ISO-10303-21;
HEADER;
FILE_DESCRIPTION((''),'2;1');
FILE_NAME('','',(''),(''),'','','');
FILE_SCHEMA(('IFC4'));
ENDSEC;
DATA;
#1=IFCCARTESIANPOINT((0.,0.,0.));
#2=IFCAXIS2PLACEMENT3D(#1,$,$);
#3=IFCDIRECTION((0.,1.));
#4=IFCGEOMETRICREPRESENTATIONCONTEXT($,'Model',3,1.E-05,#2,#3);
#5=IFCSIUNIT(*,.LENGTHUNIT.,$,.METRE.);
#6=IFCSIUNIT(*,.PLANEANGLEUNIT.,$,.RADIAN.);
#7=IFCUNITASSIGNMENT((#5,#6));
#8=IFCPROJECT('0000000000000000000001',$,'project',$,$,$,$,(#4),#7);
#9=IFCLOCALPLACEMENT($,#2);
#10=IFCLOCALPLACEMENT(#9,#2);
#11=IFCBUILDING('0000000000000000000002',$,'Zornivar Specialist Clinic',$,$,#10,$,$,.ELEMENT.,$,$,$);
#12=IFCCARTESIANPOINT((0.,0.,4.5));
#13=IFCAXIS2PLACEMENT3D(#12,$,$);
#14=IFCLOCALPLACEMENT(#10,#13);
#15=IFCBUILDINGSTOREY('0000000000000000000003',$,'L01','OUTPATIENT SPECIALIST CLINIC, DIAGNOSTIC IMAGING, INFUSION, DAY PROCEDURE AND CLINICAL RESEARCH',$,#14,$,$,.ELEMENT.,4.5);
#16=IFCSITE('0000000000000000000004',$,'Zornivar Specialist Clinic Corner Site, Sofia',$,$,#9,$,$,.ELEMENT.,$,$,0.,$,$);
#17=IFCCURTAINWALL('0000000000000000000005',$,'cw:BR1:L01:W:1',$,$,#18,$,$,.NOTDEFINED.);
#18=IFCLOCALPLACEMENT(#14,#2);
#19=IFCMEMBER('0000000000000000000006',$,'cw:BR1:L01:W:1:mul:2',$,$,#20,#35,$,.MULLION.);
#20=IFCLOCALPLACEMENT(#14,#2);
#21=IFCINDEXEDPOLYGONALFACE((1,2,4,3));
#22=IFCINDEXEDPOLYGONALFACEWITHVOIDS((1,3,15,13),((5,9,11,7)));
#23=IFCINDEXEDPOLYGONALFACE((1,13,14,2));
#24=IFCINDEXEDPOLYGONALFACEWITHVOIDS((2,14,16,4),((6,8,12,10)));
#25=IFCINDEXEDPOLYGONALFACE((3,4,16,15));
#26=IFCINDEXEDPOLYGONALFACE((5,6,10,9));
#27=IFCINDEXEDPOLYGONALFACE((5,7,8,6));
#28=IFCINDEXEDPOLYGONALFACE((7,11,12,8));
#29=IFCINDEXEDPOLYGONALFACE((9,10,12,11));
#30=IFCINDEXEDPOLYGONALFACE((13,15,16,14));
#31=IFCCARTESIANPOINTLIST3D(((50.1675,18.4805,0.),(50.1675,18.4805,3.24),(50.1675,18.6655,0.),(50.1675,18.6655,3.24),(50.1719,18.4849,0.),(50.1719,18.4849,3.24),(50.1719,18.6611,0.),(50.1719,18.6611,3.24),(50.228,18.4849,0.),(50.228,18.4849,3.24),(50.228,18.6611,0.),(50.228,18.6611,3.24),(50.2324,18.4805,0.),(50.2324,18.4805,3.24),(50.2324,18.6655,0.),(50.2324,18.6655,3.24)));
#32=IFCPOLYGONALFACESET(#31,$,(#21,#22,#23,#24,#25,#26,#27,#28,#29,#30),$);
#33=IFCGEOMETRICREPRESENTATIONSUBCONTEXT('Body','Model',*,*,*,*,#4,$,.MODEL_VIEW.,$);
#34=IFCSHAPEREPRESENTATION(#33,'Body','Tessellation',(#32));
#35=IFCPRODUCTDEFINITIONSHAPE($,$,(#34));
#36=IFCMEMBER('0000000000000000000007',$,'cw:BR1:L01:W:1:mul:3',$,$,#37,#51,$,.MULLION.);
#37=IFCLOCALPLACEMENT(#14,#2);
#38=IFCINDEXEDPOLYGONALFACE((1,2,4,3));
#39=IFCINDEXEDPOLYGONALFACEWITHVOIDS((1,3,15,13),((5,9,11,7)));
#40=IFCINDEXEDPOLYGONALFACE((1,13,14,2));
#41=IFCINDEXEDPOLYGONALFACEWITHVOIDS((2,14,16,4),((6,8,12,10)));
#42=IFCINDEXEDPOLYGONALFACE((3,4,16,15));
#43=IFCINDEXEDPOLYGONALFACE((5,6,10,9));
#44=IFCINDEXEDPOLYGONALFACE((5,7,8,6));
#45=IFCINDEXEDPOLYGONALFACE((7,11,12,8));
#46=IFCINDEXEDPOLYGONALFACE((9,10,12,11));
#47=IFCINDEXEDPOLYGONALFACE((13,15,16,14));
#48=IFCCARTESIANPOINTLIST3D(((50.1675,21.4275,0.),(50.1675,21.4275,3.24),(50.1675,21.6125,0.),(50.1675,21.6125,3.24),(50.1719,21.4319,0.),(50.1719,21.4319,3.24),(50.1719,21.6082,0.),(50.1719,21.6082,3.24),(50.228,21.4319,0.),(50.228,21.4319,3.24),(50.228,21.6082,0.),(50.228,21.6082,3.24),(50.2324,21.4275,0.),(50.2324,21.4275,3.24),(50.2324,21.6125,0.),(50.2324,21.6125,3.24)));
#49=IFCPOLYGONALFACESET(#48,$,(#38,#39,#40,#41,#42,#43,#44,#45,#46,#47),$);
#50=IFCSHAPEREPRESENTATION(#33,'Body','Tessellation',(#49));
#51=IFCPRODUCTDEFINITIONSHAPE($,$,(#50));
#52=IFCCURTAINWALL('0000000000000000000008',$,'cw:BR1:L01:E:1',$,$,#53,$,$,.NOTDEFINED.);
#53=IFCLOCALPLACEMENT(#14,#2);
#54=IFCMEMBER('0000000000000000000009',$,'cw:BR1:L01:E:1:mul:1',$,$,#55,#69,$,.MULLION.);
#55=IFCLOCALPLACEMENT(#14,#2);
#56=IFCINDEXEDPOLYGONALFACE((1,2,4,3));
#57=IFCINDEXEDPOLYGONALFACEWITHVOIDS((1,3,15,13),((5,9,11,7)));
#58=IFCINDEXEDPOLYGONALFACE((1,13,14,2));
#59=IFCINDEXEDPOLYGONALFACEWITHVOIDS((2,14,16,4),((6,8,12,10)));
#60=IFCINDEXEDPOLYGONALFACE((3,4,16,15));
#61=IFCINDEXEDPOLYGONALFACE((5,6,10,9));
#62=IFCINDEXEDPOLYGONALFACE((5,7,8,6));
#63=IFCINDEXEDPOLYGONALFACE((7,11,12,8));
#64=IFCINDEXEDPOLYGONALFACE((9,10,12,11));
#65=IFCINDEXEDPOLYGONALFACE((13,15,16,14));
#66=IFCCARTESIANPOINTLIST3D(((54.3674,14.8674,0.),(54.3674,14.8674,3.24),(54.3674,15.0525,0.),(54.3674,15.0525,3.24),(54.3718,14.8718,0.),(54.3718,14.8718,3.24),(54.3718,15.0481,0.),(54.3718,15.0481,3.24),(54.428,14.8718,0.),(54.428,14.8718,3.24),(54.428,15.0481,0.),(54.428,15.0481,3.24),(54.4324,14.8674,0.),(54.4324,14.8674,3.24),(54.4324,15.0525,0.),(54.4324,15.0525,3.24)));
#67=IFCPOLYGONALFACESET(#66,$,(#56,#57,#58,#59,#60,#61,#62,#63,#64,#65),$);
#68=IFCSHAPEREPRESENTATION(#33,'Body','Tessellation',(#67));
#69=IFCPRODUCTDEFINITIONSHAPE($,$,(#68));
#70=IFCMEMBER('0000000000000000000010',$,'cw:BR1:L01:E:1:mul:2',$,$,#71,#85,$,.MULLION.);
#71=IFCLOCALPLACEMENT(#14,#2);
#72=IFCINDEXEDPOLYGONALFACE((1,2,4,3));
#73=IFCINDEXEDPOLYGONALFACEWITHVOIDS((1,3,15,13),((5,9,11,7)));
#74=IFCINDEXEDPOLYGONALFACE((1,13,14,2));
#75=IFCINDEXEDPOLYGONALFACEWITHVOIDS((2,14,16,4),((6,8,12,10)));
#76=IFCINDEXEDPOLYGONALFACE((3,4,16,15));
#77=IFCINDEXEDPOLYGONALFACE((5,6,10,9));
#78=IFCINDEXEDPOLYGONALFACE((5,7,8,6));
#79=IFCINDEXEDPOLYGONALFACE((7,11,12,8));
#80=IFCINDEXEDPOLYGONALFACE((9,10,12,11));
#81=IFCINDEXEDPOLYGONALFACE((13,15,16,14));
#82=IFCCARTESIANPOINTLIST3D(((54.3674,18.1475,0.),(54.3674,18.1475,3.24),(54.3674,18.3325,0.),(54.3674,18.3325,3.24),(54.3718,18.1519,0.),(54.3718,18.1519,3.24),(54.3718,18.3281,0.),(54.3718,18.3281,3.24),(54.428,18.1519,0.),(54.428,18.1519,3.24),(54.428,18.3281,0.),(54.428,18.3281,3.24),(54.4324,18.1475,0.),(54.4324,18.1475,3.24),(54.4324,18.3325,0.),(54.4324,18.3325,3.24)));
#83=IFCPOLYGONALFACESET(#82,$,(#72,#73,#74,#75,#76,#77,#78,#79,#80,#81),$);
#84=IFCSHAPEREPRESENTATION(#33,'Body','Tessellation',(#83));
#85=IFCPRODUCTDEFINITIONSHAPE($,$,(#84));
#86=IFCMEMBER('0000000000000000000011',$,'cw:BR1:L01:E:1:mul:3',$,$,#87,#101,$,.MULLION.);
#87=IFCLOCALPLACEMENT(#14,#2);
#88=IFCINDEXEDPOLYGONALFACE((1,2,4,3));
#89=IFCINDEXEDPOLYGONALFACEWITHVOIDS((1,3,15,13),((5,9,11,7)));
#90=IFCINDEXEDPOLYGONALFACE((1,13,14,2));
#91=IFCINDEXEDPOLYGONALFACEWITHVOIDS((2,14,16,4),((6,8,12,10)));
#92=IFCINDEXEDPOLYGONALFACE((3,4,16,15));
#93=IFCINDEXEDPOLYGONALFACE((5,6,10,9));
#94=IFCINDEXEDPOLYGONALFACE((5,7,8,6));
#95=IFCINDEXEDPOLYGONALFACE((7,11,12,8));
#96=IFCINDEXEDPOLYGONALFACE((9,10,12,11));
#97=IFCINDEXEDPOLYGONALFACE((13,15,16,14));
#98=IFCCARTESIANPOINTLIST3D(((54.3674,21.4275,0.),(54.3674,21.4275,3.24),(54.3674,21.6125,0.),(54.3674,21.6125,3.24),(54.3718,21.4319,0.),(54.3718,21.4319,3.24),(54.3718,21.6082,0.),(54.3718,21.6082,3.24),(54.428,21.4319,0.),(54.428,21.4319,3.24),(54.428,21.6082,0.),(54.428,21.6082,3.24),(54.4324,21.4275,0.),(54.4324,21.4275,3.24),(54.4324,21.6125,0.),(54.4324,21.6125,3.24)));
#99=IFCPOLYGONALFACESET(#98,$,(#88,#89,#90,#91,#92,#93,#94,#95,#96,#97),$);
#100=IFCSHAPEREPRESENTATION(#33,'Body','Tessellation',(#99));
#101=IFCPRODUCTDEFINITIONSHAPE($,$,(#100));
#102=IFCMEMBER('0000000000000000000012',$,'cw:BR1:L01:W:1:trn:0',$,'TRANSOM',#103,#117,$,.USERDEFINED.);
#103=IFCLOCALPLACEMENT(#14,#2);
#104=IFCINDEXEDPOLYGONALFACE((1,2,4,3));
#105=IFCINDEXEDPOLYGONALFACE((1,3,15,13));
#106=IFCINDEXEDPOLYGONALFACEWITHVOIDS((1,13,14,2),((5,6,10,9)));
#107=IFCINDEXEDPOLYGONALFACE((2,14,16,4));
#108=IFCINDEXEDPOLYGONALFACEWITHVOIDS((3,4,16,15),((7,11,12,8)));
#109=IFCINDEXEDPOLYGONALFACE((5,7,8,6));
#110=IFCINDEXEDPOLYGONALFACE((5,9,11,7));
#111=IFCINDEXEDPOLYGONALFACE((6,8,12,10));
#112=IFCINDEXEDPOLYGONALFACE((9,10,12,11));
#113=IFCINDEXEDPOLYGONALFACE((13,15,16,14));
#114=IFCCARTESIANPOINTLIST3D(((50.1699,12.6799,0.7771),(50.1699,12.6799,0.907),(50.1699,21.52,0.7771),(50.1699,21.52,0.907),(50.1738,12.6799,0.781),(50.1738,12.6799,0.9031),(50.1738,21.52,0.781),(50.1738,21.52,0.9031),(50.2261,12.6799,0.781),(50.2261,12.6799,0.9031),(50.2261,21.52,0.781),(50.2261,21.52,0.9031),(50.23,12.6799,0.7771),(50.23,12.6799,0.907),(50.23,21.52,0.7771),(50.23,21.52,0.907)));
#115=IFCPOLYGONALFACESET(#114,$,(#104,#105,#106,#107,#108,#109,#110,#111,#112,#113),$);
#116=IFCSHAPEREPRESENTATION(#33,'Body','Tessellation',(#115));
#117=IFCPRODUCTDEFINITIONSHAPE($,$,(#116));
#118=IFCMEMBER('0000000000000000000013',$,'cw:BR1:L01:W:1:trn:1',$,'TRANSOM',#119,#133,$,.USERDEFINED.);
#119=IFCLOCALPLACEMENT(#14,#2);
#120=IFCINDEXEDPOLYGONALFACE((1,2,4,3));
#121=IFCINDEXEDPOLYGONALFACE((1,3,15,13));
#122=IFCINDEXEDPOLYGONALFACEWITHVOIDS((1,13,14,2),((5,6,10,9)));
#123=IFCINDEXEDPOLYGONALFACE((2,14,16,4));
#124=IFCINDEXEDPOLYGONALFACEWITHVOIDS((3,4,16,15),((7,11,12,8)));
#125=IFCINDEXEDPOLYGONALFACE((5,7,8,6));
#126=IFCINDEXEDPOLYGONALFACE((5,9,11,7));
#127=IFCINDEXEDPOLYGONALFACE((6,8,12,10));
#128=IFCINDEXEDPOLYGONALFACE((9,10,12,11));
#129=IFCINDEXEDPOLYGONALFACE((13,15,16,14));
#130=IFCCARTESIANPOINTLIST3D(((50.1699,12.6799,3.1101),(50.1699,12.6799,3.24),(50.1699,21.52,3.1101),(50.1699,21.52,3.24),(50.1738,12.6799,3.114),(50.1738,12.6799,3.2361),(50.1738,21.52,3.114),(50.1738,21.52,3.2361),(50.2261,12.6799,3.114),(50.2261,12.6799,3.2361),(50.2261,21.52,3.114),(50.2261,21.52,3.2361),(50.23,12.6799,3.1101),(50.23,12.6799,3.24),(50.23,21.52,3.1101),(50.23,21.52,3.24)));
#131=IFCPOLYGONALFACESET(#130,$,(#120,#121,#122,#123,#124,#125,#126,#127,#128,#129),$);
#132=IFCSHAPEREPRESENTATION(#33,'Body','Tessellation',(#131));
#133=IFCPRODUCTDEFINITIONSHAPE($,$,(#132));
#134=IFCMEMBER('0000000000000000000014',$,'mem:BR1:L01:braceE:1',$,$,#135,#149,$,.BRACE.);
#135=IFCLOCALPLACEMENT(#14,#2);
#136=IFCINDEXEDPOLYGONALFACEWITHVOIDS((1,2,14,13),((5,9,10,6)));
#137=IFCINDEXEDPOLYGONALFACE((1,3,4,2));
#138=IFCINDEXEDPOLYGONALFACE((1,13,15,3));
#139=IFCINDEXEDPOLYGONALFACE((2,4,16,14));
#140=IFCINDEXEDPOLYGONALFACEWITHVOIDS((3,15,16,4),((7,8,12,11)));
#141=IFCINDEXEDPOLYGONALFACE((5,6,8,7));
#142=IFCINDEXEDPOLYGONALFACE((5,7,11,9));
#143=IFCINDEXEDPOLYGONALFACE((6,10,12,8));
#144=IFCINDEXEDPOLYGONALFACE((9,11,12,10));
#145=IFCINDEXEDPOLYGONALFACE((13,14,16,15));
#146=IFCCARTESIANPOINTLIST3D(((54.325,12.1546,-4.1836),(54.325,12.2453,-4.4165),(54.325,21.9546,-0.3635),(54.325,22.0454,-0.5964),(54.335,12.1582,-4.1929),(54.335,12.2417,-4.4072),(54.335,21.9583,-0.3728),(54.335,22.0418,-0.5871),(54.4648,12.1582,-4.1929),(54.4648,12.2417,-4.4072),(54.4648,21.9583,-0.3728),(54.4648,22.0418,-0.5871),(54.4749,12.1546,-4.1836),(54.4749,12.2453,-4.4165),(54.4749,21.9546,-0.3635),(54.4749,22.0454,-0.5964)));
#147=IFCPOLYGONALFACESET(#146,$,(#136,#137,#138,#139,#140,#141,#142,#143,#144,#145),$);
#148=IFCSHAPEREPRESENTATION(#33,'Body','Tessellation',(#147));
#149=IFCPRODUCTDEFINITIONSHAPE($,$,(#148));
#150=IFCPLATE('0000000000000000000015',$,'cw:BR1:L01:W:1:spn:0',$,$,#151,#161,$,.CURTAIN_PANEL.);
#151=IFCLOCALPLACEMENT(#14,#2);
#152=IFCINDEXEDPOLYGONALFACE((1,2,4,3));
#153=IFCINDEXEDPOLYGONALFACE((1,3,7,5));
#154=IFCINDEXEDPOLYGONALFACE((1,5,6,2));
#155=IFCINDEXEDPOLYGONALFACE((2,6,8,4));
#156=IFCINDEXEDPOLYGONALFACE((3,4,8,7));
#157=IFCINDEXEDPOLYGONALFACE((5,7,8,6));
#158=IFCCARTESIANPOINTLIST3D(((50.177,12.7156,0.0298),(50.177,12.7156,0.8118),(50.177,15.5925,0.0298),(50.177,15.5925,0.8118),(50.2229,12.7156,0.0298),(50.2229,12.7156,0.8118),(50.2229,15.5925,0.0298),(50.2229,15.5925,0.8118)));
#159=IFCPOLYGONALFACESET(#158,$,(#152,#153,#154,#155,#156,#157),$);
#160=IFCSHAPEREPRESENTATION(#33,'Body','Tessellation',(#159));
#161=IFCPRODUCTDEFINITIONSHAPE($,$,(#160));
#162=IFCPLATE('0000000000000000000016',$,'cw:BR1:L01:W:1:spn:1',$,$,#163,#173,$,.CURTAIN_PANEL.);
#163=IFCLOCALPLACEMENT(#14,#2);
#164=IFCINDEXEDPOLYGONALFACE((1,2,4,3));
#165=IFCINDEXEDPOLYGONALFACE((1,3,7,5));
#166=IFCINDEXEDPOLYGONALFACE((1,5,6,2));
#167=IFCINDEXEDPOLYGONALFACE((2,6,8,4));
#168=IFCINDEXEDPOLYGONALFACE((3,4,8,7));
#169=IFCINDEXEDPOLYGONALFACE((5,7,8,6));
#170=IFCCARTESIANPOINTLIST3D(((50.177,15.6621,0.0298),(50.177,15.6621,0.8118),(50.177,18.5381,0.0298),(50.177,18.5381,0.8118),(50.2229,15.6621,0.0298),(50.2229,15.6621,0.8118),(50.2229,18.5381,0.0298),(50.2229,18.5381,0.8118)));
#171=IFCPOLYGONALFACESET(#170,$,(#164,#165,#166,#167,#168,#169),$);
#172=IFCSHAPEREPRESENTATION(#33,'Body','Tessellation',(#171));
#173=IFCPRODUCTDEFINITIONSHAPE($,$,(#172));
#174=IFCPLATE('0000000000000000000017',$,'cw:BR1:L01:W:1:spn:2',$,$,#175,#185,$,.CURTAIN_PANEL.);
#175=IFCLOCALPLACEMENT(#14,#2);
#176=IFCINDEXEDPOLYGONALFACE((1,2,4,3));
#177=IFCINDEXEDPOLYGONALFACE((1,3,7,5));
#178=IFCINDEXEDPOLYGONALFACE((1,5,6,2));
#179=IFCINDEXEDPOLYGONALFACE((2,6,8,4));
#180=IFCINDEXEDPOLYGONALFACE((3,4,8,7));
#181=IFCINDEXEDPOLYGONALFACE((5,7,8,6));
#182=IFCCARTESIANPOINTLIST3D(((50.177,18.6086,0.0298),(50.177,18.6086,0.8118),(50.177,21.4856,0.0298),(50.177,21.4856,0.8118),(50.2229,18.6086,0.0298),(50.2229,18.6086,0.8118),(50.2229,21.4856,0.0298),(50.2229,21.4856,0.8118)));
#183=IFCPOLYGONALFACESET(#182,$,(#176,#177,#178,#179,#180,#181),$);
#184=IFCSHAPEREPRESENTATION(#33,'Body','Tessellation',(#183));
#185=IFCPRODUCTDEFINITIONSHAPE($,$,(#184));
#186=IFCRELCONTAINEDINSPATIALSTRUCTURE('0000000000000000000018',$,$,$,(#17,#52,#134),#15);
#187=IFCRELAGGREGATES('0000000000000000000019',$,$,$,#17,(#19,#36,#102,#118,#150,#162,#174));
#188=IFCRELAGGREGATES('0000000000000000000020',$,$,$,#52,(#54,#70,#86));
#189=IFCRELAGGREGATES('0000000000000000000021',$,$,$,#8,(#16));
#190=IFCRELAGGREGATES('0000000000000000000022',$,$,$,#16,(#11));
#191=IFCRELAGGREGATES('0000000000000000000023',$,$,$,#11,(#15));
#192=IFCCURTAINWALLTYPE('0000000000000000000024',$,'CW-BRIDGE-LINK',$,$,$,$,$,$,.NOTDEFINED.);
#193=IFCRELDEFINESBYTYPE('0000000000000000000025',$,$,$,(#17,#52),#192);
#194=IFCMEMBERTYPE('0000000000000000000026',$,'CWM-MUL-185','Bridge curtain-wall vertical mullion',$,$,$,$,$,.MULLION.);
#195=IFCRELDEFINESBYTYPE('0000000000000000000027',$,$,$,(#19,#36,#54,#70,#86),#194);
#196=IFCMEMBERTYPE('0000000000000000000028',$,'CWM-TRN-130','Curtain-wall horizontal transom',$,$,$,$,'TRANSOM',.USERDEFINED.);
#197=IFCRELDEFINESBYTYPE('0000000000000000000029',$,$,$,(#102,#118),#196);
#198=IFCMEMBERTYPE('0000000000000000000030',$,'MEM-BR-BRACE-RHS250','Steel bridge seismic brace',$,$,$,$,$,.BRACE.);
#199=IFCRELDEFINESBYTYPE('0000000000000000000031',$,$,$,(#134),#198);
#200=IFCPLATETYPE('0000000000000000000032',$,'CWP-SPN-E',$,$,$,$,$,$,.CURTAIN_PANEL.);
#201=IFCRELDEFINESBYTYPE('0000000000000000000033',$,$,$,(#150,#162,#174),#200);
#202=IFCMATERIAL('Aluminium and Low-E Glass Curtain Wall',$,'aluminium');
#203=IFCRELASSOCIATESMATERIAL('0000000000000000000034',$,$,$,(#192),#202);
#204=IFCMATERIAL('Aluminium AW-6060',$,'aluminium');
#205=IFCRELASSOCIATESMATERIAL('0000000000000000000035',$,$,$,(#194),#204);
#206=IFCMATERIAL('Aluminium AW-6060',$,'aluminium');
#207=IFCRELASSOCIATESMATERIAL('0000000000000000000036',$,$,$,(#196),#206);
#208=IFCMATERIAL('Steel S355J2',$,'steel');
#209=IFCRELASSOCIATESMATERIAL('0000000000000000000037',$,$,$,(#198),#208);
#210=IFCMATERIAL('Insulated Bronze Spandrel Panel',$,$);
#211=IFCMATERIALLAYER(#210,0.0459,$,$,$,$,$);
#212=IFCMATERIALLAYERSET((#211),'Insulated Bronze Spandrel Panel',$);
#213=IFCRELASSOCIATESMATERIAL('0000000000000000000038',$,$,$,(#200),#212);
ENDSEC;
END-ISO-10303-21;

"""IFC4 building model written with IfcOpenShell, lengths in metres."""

from ifc_helpers import new_model, si_unit, direction, frame, origin, origin_2d, place, context, subcontext, project, spatial, rectangle, hollow_rectangle, extrude, material, layer, layer_set, material_profile, profile_set, type_object, element, aggregate, save


model = new_model("IFC4")

# Units and contexts
model_context = context("Model", 3, precision=1e-05, world=origin(), true_north=direction((0.0, 1.0)))
body_context = subcontext(model_context, "Body", "Model", "MODEL_VIEW")
ifc_project = project(units=[si_unit("LENGTHUNIT", "METRE"), si_unit("PLANEANGLEUNIT", "RADIAN")], contexts=[model_context])

# Site, building, storey
site_placement = place(None, origin())
site = spatial("IfcSite", under=ifc_project, at=site_placement, Name="Zornivar Specialist Clinic Corner Site, Sofia", CompositionType="ELEMENT", RefElevation=0.0)
building_placement = place(site_placement, origin())
building = spatial("IfcBuilding", under=site, at=building_placement, Name="Zornivar Specialist Clinic", CompositionType="ELEMENT")
storey_placement = place(building_placement, frame((0.0, 0.0, 4.5)))
storey = spatial("IfcBuildingStorey", under=building, at=storey_placement, Name="L01", Description="OUTPATIENT SPECIALIST CLINIC, DIAGNOSTIC IMAGING, INFUSION, DAY PROCEDURE AND CLINICAL RESEARCH", CompositionType="ELEMENT", Elevation=4.5)

# Curtain walls, members
ifc_material_1 = material(Name="Aluminium and Low-E Glass Curtain Wall", Category="aluminium")
curtain_wall_type = type_object("IfcCurtainWallType", Name="CW-BRIDGE-LINK", PredefinedType="NOTDEFINED", material=ifc_material_1)
curtain_wall_1_placement = place(storey_placement, origin())
curtain_wall_1 = element("IfcCurtainWall", 1, at=curtain_wall_1_placement, inside=storey, type_object=curtain_wall_type, Name="cw:BR1:L01:W:1", PredefinedType="NOTDEFINED")
ifc_material_2 = material(Name="Aluminium AW-6060", Category="aluminium")
ifc_material_profile_1 = material_profile(ifc_material_2, hollow_rectangle(XDim=0.0649, YDim=0.1851, WallThickness=0.0044, at=origin_2d()), Name="ALU 65x185x4.5")
ifc_profile_set_1 = profile_set([ifc_material_profile_1], Name="Aluminium AW-6060")
member_type_1 = type_object("IfcMemberType", Name="CWM-MUL-185", Description="Bridge curtain-wall vertical mullion", PredefinedType="MULLION", material=ifc_profile_set_1)
member_1_placement = place(storey_placement, frame((50.2, 18.573, 0.0), z_axis=(0.0, 0.0, 1.0), x_axis=(1.0, 0.0, 0.0)))
member_1 = element("IfcMember", 2, at=member_1_placement, type_object=member_type_1, Name="cw:BR1:L01:W:1:mul:2", PredefinedType="MULLION", context=body_context, shape_type="SweptSolid", body=[
    extrude(hollow_rectangle(XDim=0.0649, YDim=0.1851, WallThickness=0.0044, at=origin_2d()), origin(), (0.0, 0.0, 1.0), 3.24),
])
member_2_placement = place(storey_placement, frame((50.2, 21.52, 0.0), z_axis=(0.0, 0.0, 1.0), x_axis=(1.0, 0.0, 0.0)))
member_2 = element("IfcMember", 3, at=member_2_placement, type_object=member_type_1, Name="cw:BR1:L01:W:1:mul:3", PredefinedType="MULLION", context=body_context, shape_type="SweptSolid", body=[
    extrude(hollow_rectangle(XDim=0.0649, YDim=0.1851, WallThickness=0.0044, at=origin_2d()), origin(), (0.0, 0.0, 1.0), 3.24),
])
curtain_wall_2_placement = place(storey_placement, origin())
curtain_wall_2 = element("IfcCurtainWall", 4, at=curtain_wall_2_placement, inside=storey, type_object=curtain_wall_type, Name="cw:BR1:L01:E:1", PredefinedType="NOTDEFINED")
member_3_placement = place(storey_placement, frame((54.3999, 14.96, 0.0), z_axis=(0.0, 0.0, 1.0), x_axis=(1.0, 0.0, 0.0)))
member_3 = element("IfcMember", 5, at=member_3_placement, type_object=member_type_1, Name="cw:BR1:L01:E:1:mul:1", PredefinedType="MULLION", context=body_context, shape_type="SweptSolid", body=[
    extrude(hollow_rectangle(XDim=0.0649, YDim=0.1851, WallThickness=0.0044, at=origin_2d()), origin(), (0.0, 0.0, 1.0), 3.24),
])
member_4_placement = place(storey_placement, frame((54.3999, 18.24, 0.0), z_axis=(0.0, 0.0, 1.0), x_axis=(1.0, 0.0, 0.0)))
member_4 = element("IfcMember", 6, at=member_4_placement, type_object=member_type_1, Name="cw:BR1:L01:E:1:mul:2", PredefinedType="MULLION", context=body_context, shape_type="SweptSolid", body=[
    extrude(hollow_rectangle(XDim=0.0649, YDim=0.1851, WallThickness=0.0044, at=origin_2d()), origin(), (0.0, 0.0, 1.0), 3.24),
])
member_5_placement = place(storey_placement, frame((54.3999, 21.52, 0.0), z_axis=(0.0, 0.0, 1.0), x_axis=(1.0, 0.0, 0.0)))
member_5 = element("IfcMember", 7, at=member_5_placement, type_object=member_type_1, Name="cw:BR1:L01:E:1:mul:3", PredefinedType="MULLION", context=body_context, shape_type="SweptSolid", body=[
    extrude(hollow_rectangle(XDim=0.0649, YDim=0.1851, WallThickness=0.0044, at=origin_2d()), origin(), (0.0, 0.0, 1.0), 3.24),
])

# Members
ifc_material_3 = material(Name="Aluminium AW-6060", Category="aluminium")
ifc_material_profile_2 = material_profile(ifc_material_3, hollow_rectangle(XDim=0.0601, YDim=0.1299, WallThickness=0.0039, at=origin_2d()), Name="ALU 60x130x4")
ifc_profile_set_2 = profile_set([ifc_material_profile_2], Name="Aluminium AW-6060")
member_type_2 = type_object("IfcMemberType", Name="CWM-TRN-130", Description="Curtain-wall horizontal transom", ElementType="TRANSOM", PredefinedType="USERDEFINED", material=ifc_profile_set_2)
member_6_placement = place(storey_placement, frame((50.2, 12.6799, 0.842), z_axis=(0.0, 1.0, 0.0), x_axis=(-1.0, 0.0, 0.0)))
member_6 = element("IfcMember", 8, at=member_6_placement, type_object=member_type_2, Name="cw:BR1:L01:W:1:trn:0", ObjectType="TRANSOM", PredefinedType="USERDEFINED", context=body_context, shape_type="SweptSolid", body=[
    extrude(hollow_rectangle(XDim=0.0601, YDim=0.1299, WallThickness=0.0039, at=origin_2d()), origin(), (0.0, 0.0, 1.0), 8.8401),
])
member_7_placement = place(storey_placement, frame((50.2, 12.6799, 3.175), z_axis=(0.0, 1.0, 0.0), x_axis=(-1.0, 0.0, 0.0)))
member_7 = element("IfcMember", 9, at=member_7_placement, type_object=member_type_2, Name="cw:BR1:L01:W:1:trn:1", ObjectType="TRANSOM", PredefinedType="USERDEFINED", context=body_context, shape_type="SweptSolid", body=[
    extrude(hollow_rectangle(XDim=0.0601, YDim=0.1299, WallThickness=0.0039, at=origin_2d()), origin(), (0.0, 0.0, 1.0), 8.8401),
])
ifc_material_4 = material(Name="Steel S355J2", Category="steel")
ifc_material_profile_3 = material_profile(ifc_material_4, hollow_rectangle(XDim=0.1499, YDim=0.25, WallThickness=0.01, at=origin_2d()), Name="RHS 250x150x10")
ifc_profile_set_3 = profile_set([ifc_material_profile_3], Name="Steel S355J2")
member_type_3 = type_object("IfcMemberType", Name="MEM-BR-BRACE-RHS250", Description="Steel bridge seismic brace", PredefinedType="BRACE", material=ifc_profile_set_3)
member_8_placement = place(storey_placement, frame((54.3999, 12.2, -4.3), z_axis=(0.0, 0.931717, 0.363184), x_axis=(-1.0, 0.0, 0.0)))
element("IfcMember", 10, at=member_8_placement, inside=storey, type_object=member_type_3, Name="mem:BR1:L01:braceE:1", PredefinedType="BRACE", context=body_context, shape_type="SweptSolid", body=[
    extrude(hollow_rectangle(XDim=0.1499, YDim=0.25, WallThickness=0.01, at=origin_2d()), origin(), (0.0, 0.0, 1.0), 10.5183),
])

# Plates
ifc_material_5 = material(Name="Insulated Bronze Spandrel Panel")
ifc_layer_1 = layer(ifc_material_5, 0.0459)
ifc_layer_set_1 = layer_set([ifc_layer_1], Name="Insulated Bronze Spandrel Panel")
plate_type_1 = type_object("IfcPlateType", Name="CWP-SPN-E", PredefinedType="CURTAIN_PANEL", material=ifc_layer_set_1)
plate_1_placement = place(storey_placement, frame((50.2, 14.1541, 0.0298), z_axis=(0.0, 0.0, 1.0), x_axis=(0.0, 1.0, 0.0)))
plate_1 = element("IfcPlate", 11, at=plate_1_placement, type_object=plate_type_1, Name="cw:BR1:L01:W:1:spn:0", PredefinedType="CURTAIN_PANEL", context=body_context, shape_type="SweptSolid", body=[
    extrude(rectangle(XDim=2.877, YDim=0.0459, at=origin_2d()), origin(), (0.0, 0.0, 1.0), 0.782),
])
plate_2_placement = place(storey_placement, frame((50.2, 17.1001, 0.0298), z_axis=(0.0, 0.0, 1.0), x_axis=(0.0, 1.0, 0.0)))
plate_2 = element("IfcPlate", 12, at=plate_2_placement, type_object=plate_type_1, Name="cw:BR1:L01:W:1:spn:1", PredefinedType="CURTAIN_PANEL", context=body_context, shape_type="SweptSolid", body=[
    extrude(rectangle(XDim=2.876, YDim=0.0459, at=origin_2d()), origin(), (0.0, 0.0, 1.0), 0.782),
])
plate_3_placement = place(storey_placement, frame((50.2, 20.0471, 0.0298), z_axis=(0.0, 0.0, 1.0), x_axis=(0.0, 1.0, 0.0)))
plate_3 = element("IfcPlate", 13, at=plate_3_placement, type_object=plate_type_1, Name="cw:BR1:L01:W:1:spn:2", PredefinedType="CURTAIN_PANEL", context=body_context, shape_type="SweptSolid", body=[
    extrude(rectangle(XDim=2.877, YDim=0.0459, at=origin_2d()), origin(), (0.0, 0.0, 1.0), 0.782),
])
aggregate(curtain_wall_1, [member_1, member_2, member_6, member_7, plate_1, plate_2, plate_3])
aggregate(curtain_wall_2, [member_3, member_4, member_5])

save(model, "model.ifc")
